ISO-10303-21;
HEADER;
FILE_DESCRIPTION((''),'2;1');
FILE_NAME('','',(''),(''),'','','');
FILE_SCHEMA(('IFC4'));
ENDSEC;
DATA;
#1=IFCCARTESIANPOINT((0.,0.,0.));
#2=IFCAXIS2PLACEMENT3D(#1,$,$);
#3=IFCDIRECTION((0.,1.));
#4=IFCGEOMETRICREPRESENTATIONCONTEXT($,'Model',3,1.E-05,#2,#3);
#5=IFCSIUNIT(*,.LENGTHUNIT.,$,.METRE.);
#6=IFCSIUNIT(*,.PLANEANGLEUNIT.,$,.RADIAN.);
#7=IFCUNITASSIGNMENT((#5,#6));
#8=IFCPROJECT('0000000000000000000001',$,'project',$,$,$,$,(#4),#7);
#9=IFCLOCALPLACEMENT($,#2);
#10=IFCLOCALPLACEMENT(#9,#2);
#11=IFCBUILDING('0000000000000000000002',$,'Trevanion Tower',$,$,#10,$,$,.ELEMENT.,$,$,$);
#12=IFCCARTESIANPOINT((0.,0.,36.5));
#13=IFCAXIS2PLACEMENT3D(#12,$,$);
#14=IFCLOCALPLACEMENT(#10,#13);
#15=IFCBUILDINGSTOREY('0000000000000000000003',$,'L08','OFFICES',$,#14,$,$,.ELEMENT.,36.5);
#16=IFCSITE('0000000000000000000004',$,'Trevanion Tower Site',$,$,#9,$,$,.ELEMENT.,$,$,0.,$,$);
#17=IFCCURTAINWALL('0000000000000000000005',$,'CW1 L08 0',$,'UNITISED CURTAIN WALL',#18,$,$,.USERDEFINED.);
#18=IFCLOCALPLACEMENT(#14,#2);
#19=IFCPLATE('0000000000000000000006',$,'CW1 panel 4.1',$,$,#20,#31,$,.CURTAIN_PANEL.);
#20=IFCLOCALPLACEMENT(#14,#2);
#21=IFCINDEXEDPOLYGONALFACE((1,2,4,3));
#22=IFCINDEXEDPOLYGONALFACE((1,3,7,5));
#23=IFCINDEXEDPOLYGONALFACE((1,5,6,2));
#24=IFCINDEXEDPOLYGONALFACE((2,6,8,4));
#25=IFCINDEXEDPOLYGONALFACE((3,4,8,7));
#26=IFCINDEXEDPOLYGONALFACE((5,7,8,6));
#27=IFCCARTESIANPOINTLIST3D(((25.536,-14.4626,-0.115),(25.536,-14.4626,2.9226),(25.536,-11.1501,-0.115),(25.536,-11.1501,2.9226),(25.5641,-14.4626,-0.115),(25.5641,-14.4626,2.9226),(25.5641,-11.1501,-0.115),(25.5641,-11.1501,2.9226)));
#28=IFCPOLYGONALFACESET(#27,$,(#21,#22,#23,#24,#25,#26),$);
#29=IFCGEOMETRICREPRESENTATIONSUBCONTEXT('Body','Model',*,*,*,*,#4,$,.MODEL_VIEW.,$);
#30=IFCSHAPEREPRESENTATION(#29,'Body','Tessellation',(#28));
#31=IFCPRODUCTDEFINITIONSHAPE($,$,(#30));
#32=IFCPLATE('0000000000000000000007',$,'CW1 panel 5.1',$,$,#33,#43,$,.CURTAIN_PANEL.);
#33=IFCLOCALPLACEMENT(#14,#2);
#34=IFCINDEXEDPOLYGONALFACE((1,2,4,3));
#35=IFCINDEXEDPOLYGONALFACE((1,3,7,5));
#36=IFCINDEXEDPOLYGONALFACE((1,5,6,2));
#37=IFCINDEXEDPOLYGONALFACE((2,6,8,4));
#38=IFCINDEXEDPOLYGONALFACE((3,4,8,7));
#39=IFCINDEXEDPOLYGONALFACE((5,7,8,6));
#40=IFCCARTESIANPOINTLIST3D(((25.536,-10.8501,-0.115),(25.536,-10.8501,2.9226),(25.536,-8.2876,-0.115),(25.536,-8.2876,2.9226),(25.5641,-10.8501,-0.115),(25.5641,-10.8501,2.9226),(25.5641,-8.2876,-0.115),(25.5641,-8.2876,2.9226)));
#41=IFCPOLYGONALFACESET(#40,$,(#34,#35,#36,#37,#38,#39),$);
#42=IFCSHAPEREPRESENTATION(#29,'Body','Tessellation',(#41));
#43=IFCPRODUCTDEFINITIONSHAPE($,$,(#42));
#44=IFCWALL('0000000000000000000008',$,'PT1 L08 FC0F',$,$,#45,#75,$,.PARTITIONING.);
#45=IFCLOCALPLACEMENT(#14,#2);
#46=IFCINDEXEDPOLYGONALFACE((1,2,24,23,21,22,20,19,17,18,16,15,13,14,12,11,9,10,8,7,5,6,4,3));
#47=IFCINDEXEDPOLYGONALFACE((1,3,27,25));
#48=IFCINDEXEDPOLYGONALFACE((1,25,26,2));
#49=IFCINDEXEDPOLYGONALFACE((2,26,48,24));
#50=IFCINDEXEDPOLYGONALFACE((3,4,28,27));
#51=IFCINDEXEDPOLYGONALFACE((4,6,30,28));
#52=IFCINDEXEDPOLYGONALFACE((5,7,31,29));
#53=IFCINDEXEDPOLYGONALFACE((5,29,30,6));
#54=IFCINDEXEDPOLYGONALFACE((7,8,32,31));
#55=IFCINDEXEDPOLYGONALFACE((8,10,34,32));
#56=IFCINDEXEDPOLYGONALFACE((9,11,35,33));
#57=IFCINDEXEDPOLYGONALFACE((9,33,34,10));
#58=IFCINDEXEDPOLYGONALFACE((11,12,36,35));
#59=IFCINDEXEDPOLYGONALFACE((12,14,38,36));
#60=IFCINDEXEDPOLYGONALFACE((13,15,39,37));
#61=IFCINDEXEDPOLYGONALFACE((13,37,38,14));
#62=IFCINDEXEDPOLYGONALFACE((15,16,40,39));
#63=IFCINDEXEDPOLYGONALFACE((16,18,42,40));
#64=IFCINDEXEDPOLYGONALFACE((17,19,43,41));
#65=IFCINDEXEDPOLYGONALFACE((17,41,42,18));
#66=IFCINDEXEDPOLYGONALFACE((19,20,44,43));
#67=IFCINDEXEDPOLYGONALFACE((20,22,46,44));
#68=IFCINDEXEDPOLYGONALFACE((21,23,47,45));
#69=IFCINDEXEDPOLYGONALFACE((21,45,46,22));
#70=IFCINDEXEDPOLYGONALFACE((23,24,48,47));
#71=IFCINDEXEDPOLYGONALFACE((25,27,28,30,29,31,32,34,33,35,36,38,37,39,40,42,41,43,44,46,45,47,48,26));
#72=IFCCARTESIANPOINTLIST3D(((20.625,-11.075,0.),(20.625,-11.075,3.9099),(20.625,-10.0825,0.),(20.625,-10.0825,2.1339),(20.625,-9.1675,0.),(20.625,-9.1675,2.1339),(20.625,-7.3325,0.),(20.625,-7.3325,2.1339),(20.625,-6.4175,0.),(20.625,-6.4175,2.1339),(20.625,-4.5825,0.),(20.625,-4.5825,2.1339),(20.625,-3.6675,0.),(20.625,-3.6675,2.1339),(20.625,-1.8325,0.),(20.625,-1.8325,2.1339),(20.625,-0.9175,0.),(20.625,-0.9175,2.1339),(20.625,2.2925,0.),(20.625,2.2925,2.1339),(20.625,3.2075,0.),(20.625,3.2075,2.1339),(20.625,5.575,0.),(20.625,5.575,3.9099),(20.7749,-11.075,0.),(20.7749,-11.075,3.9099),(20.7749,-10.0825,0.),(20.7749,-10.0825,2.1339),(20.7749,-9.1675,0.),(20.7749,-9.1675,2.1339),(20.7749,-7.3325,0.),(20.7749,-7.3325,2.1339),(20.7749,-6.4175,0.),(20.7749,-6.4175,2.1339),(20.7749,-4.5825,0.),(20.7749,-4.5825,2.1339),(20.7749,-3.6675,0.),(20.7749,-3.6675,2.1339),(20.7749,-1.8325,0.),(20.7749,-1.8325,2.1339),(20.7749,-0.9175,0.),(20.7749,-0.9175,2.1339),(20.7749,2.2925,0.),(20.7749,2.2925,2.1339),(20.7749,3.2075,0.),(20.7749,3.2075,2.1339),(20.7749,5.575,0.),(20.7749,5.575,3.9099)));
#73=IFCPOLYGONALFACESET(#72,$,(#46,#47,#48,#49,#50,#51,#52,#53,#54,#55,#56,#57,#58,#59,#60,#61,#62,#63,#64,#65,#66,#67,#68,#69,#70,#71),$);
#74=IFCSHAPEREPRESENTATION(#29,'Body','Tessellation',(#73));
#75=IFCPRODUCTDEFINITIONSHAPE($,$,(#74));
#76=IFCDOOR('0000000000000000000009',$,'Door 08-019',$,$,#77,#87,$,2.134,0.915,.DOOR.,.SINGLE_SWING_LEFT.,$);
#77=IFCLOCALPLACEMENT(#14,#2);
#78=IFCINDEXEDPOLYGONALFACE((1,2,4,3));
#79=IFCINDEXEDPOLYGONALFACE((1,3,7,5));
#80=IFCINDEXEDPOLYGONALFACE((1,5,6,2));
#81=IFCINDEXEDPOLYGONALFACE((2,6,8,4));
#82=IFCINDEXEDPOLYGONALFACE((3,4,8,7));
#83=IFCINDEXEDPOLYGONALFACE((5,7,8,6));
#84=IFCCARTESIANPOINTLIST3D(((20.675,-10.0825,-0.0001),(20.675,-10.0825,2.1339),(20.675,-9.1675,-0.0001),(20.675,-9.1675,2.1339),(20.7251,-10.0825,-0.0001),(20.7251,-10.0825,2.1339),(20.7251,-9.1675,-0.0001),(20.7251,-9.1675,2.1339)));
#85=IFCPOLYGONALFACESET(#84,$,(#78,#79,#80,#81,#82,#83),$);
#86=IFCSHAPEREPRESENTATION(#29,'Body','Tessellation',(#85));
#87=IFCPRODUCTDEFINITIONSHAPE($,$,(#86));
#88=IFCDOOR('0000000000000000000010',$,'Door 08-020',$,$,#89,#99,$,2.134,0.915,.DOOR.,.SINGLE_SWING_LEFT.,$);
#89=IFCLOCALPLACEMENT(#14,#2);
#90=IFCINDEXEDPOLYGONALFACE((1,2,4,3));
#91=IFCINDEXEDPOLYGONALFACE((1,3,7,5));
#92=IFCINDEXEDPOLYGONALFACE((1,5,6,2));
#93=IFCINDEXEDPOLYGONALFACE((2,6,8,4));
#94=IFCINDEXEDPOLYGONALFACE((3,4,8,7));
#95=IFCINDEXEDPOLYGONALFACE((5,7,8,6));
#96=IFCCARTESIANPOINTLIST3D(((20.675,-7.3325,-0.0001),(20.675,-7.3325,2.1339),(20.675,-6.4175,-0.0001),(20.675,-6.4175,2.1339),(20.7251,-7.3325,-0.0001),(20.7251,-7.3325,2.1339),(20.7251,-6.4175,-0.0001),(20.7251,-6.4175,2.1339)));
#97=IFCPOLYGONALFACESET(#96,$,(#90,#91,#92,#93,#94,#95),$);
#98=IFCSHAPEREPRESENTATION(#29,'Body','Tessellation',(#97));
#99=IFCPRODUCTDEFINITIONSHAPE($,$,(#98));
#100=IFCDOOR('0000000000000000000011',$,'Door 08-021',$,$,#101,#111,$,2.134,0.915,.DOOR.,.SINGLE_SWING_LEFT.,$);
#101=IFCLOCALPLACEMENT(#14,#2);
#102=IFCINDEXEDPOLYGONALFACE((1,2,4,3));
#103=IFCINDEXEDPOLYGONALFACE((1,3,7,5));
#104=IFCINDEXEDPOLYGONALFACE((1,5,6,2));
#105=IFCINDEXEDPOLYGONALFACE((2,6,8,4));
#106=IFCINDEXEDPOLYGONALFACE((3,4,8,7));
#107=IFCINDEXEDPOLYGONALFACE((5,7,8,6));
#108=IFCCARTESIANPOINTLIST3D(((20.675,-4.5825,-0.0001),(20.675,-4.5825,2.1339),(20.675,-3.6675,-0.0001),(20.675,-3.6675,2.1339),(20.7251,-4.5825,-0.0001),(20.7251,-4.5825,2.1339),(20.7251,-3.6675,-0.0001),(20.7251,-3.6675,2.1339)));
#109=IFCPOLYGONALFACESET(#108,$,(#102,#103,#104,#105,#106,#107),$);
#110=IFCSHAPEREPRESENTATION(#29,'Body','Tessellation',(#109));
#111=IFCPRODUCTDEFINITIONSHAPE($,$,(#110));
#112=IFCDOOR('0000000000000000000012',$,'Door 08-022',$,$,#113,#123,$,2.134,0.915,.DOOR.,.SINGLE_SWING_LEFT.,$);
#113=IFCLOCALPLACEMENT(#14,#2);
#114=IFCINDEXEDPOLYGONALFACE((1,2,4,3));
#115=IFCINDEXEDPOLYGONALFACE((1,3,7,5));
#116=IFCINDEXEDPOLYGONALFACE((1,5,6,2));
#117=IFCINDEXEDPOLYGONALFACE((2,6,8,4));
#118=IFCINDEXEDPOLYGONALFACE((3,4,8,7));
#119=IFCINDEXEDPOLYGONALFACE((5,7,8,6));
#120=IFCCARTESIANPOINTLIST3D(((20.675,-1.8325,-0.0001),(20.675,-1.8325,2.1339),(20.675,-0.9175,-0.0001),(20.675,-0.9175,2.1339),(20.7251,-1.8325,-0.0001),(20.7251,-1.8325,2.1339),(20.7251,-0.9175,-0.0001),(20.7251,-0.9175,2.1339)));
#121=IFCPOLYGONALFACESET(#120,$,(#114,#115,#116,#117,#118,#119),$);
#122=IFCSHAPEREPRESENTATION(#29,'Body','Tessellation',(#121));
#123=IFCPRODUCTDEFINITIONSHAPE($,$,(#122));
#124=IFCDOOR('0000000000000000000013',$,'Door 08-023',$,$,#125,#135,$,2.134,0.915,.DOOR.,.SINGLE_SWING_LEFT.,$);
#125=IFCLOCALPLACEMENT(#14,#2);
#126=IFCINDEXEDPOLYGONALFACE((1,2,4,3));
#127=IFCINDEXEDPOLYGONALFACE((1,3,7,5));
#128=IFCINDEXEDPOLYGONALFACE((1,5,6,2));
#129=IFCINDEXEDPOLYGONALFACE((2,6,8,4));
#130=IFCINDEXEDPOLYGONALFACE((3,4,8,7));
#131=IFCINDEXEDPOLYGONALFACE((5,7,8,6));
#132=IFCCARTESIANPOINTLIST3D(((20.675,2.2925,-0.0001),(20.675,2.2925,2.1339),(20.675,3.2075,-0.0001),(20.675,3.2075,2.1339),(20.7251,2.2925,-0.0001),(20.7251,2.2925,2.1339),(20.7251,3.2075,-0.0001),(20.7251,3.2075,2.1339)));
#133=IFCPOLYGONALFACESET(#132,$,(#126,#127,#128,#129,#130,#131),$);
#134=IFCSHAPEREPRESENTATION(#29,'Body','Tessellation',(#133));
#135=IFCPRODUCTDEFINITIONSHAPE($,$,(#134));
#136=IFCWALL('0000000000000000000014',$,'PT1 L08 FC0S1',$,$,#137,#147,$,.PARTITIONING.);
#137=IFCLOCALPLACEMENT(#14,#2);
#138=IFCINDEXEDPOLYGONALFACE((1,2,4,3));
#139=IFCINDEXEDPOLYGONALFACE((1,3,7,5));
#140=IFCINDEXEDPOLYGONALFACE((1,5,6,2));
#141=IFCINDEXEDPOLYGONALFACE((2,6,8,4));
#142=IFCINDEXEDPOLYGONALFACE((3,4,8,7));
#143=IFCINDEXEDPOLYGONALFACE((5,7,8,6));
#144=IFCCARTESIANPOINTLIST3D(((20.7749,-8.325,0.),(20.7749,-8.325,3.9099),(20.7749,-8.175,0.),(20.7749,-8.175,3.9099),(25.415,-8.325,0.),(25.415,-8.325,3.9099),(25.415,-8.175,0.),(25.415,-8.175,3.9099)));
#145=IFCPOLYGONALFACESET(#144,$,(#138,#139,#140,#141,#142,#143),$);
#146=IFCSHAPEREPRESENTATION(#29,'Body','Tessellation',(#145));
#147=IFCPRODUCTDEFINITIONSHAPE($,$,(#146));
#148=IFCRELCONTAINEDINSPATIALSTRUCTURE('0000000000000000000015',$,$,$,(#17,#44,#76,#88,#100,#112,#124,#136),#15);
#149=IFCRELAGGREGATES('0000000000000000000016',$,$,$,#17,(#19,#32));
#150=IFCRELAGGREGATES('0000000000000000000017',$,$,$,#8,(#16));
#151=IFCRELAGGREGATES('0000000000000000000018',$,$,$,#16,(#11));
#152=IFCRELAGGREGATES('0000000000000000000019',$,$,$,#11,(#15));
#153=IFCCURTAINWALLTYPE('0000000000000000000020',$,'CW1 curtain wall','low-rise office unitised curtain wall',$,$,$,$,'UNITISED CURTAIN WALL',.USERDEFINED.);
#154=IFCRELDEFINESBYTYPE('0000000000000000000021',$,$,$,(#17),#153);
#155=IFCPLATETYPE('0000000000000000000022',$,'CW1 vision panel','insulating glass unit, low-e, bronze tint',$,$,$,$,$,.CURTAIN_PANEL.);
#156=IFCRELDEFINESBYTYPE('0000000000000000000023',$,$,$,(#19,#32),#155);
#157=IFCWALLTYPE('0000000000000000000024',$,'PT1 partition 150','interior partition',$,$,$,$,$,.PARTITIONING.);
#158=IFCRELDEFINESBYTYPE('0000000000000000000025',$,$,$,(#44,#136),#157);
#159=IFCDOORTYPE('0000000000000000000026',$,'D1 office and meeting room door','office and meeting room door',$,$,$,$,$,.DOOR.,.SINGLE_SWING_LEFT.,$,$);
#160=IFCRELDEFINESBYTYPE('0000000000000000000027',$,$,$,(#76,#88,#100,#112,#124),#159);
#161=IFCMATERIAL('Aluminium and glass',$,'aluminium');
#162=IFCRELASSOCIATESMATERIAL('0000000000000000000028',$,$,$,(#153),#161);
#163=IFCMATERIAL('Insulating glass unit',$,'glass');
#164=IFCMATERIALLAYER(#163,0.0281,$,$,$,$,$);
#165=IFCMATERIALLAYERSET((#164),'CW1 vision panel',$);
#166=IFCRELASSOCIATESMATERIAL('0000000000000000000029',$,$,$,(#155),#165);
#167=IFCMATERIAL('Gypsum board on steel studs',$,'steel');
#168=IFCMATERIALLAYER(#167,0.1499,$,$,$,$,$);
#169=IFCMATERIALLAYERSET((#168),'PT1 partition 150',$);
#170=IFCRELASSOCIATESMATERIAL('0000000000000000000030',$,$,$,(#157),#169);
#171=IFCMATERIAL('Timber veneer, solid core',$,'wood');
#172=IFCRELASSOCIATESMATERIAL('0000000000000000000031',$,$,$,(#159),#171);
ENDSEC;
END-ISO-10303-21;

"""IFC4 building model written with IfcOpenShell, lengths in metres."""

from ifc_helpers import new_model, si_unit, direction, frame, frame_2d, origin, origin_2d, place, context, subcontext, project, spatial, rectangle, extrude, material, layer, layer_set, type_object, element, fill, aggregate, save


model = new_model("IFC4")

# Units and contexts
model_context = context("Model", 3, precision=1e-05, world=origin(), true_north=direction((0.0, 1.0)))
body_context = subcontext(model_context, "Body", "Model", "MODEL_VIEW")
ifc_project = project(units=[si_unit("LENGTHUNIT", "METRE"), si_unit("PLANEANGLEUNIT", "RADIAN")], contexts=[model_context])

# Site, building, storey
site_placement = place(None, origin())
site = spatial("IfcSite", under=ifc_project, at=site_placement, Name="Trevanion Tower Site", CompositionType="ELEMENT", RefElevation=0.0)
building_placement = place(site_placement, origin())
building = spatial("IfcBuilding", under=site, at=building_placement, Name="Trevanion Tower", CompositionType="ELEMENT")
storey_placement = place(building_placement, frame((0.0, 0.0, 36.5)))
storey = spatial("IfcBuildingStorey", under=building, at=storey_placement, Name="L08", Description="OFFICES", CompositionType="ELEMENT", Elevation=36.5)

# Curtain wall
ifc_material_1 = material(Name="Aluminium and glass", Category="aluminium")
curtain_wall_type = type_object("IfcCurtainWallType", Name="CW1 curtain wall", Description="low-rise office unitised curtain wall", ElementType="UNITISED CURTAIN WALL", PredefinedType="USERDEFINED", material=ifc_material_1)
curtain_wall_placement = place(storey_placement, origin())
curtain_wall = element("IfcCurtainWall", 1, at=curtain_wall_placement, inside=storey, type_object=curtain_wall_type, Name="CW1 L08 0", ObjectType="UNITISED CURTAIN WALL", PredefinedType="USERDEFINED")

# Plates
ifc_material_2 = material(Name="Insulating glass unit", Category="glass")
ifc_layer_1 = layer(ifc_material_2, 0.0281)
ifc_layer_set_1 = layer_set([ifc_layer_1], Name="CW1 vision panel")
plate_type_1 = type_object("IfcPlateType", Name="CW1 vision panel", Description="insulating glass unit, low-e, bronze tint", PredefinedType="CURTAIN_PANEL", material=ifc_layer_set_1)
plate_1_placement = place(storey_placement, frame((25.55, -12.8064, -0.115), z_axis=(0.0, 0.0, 1.0), x_axis=(0.0, 1.0, 0.0)))
plate_1 = element("IfcPlate", 2, at=plate_1_placement, type_object=plate_type_1, Name="CW1 panel 4.1", PredefinedType="CURTAIN_PANEL", context=body_context, shape_type="SweptSolid", body=[
    extrude(rectangle(XDim=3.3125, YDim=0.0281, at=origin_2d()), origin(), (0.0, 0.0, 1.0), 3.0376),
])
plate_2_placement = place(storey_placement, frame((25.55, -9.5688, -0.115), z_axis=(0.0, 0.0, 1.0), x_axis=(0.0, 1.0, 0.0)))
plate_2 = element("IfcPlate", 3, at=plate_2_placement, type_object=plate_type_1, Name="CW1 panel 5.1", PredefinedType="CURTAIN_PANEL", context=body_context, shape_type="SweptSolid", body=[
    extrude(rectangle(XDim=2.5625, YDim=0.0281, at=origin_2d()), origin(), (0.0, 0.0, 1.0), 3.0376),
])
aggregate(curtain_wall, [plate_1, plate_2])

# Wall, openings, doors
ifc_material_3 = material(Name="Gypsum board on steel studs", Category="steel")
ifc_layer_2 = layer(ifc_material_3, 0.1499)
ifc_layer_set_2 = layer_set([ifc_layer_2], Name="PT1 partition 150")
wall_type = type_object("IfcWallType", Name="PT1 partition 150", Description="interior partition", PredefinedType="PARTITIONING", material=ifc_layer_set_2)
wall_1_placement = place(storey_placement, frame((20.7, -11.075, 0.0), z_axis=(0.0, 0.0, 1.0), x_axis=(0.0, 1.0, 0.0)))
wall_1 = element("IfcWall", 4, at=wall_1_placement, inside=storey, type_object=wall_type, Name="PT1 L08 FC0F", PredefinedType="PARTITIONING", context=body_context, shape_type="SweptSolid", body=[
    extrude(rectangle(XDim=16.6499, YDim=0.1499, at=frame_2d((8.325, 0.0))), origin(), (0.0, 0.0, 1.0), 3.9099),
])
opening_1_placement = place(wall_1_placement, frame((0.9924, 0.0, 0.0)))
opening_1 = element("IfcOpeningElement", 5, at=opening_1_placement, cuts=wall_1, PredefinedType="OPENING", context=body_context, shape_type="SweptSolid", body=[
    extrude(rectangle(XDim=0.915, YDim=2.134, at=frame_2d((0.4575, 1.0669))), frame((0.0, 0.085, 0.0), z_axis=(0.0, -1.0, 0.0), x_axis=(1.0, 0.0, 0.0)), (0.0, 0.0, 1.0), 0.1699),
])
opening_2_placement = place(wall_1_placement, frame((3.7424, 0.0, 0.0)))
opening_2 = element("IfcOpeningElement", 6, at=opening_2_placement, cuts=wall_1, PredefinedType="OPENING", context=body_context, shape_type="SweptSolid", body=[
    extrude(rectangle(XDim=0.915, YDim=2.134, at=frame_2d((0.4575, 1.0669))), frame((0.0, 0.085, 0.0), z_axis=(0.0, -1.0, 0.0), x_axis=(1.0, 0.0, 0.0)), (0.0, 0.0, 1.0), 0.1699),
])
opening_3_placement = place(wall_1_placement, frame((6.4924, 0.0, 0.0)))
opening_3 = element("IfcOpeningElement", 7, at=opening_3_placement, cuts=wall_1, PredefinedType="OPENING", context=body_context, shape_type="SweptSolid", body=[
    extrude(rectangle(XDim=0.915, YDim=2.134, at=frame_2d((0.4575, 1.0669))), frame((0.0, 0.085, 0.0), z_axis=(0.0, -1.0, 0.0), x_axis=(1.0, 0.0, 0.0)), (0.0, 0.0, 1.0), 0.1699),
])
opening_4_placement = place(wall_1_placement, frame((9.2424, 0.0, 0.0)))
opening_4 = element("IfcOpeningElement", 8, at=opening_4_placement, cuts=wall_1, PredefinedType="OPENING", context=body_context, shape_type="SweptSolid", body=[
    extrude(rectangle(XDim=0.915, YDim=2.134, at=frame_2d((0.4575, 1.0669))), frame((0.0, 0.085, 0.0), z_axis=(0.0, -1.0, 0.0), x_axis=(1.0, 0.0, 0.0)), (0.0, 0.0, 1.0), 0.1699),
])
opening_5_placement = place(wall_1_placement, frame((13.3674, 0.0, 0.0)))
opening_5 = element("IfcOpeningElement", 9, at=opening_5_placement, cuts=wall_1, PredefinedType="OPENING", context=body_context, shape_type="SweptSolid", body=[
    extrude(rectangle(XDim=0.915, YDim=2.134, at=frame_2d((0.4575, 1.0669))), frame((0.0, 0.085, 0.0), z_axis=(0.0, -1.0, 0.0), x_axis=(1.0, 0.0, 0.0)), (0.0, 0.0, 1.0), 0.1699),
])
ifc_material_4 = material(Name="Timber veneer, solid core", Category="wood")
door_type = type_object("IfcDoorType", Name="D1 office and meeting room door", Description="office and meeting room door", OperationType="SINGLE_SWING_LEFT", PredefinedType="DOOR", material=ifc_material_4)
door_1_placement = place(opening_1_placement, origin())
door_1 = element("IfcDoor", 10, at=door_1_placement, inside=storey, type_object=door_type, Name="Door 08-019", OperationType="SINGLE_SWING_LEFT", OverallHeight=2.134, OverallWidth=0.915, PredefinedType="DOOR", context=body_context, shape_type="SweptSolid", body=[
    extrude(rectangle(XDim=0.915, YDim=2.134, at=frame_2d((0.4575, 1.0669))), frame((0.0, 0.0249, 0.0), z_axis=(0.0, -1.0, 0.0), x_axis=(1.0, 0.0, 0.0)), (0.0, 0.0, 1.0), 0.05),
])
fill(opening_1, door_1)
door_2_placement = place(opening_2_placement, origin())
door_2 = element("IfcDoor", 11, at=door_2_placement, inside=storey, type_object=door_type, Name="Door 08-020", OperationType="SINGLE_SWING_LEFT", OverallHeight=2.134, OverallWidth=0.915, PredefinedType="DOOR", context=body_context, shape_type="SweptSolid", body=[
    extrude(rectangle(XDim=0.915, YDim=2.134, at=frame_2d((0.4575, 1.0669))), frame((0.0, 0.0249, 0.0), z_axis=(0.0, -1.0, 0.0), x_axis=(1.0, 0.0, 0.0)), (0.0, 0.0, 1.0), 0.05),
])
fill(opening_2, door_2)
door_3_placement = place(opening_3_placement, origin())
door_3 = element("IfcDoor", 12, at=door_3_placement, inside=storey, type_object=door_type, Name="Door 08-021", OperationType="SINGLE_SWING_LEFT", OverallHeight=2.134, OverallWidth=0.915, PredefinedType="DOOR", context=body_context, shape_type="SweptSolid", body=[
    extrude(rectangle(XDim=0.915, YDim=2.134, at=frame_2d((0.4575, 1.0669))), frame((0.0, 0.0249, 0.0), z_axis=(0.0, -1.0, 0.0), x_axis=(1.0, 0.0, 0.0)), (0.0, 0.0, 1.0), 0.05),
])
fill(opening_3, door_3)
door_4_placement = place(opening_4_placement, origin())
door_4 = element("IfcDoor", 13, at=door_4_placement, inside=storey, type_object=door_type, Name="Door 08-022", OperationType="SINGLE_SWING_LEFT", OverallHeight=2.134, OverallWidth=0.915, PredefinedType="DOOR", context=body_context, shape_type="SweptSolid", body=[
    extrude(rectangle(XDim=0.915, YDim=2.134, at=frame_2d((0.4575, 1.0669))), frame((0.0, 0.0249, 0.0), z_axis=(0.0, -1.0, 0.0), x_axis=(1.0, 0.0, 0.0)), (0.0, 0.0, 1.0), 0.05),
])
fill(opening_4, door_4)
door_5_placement = place(opening_5_placement, origin())
door_5 = element("IfcDoor", 14, at=door_5_placement, inside=storey, type_object=door_type, Name="Door 08-023", OperationType="SINGLE_SWING_LEFT", OverallHeight=2.134, OverallWidth=0.915, PredefinedType="DOOR", context=body_context, shape_type="SweptSolid", body=[
    extrude(rectangle(XDim=0.915, YDim=2.134, at=frame_2d((0.4575, 1.0669))), frame((0.0, 0.0249, 0.0), z_axis=(0.0, -1.0, 0.0), x_axis=(1.0, 0.0, 0.0)), (0.0, 0.0, 1.0), 0.05),
])
fill(opening_5, door_5)

# Wall
wall_2_placement = place(storey_placement, frame((20.7749, -8.25, 0.0), z_axis=(0.0, 0.0, 1.0), x_axis=(1.0, 0.0, 0.0)))
element("IfcWall", 15, at=wall_2_placement, inside=storey, type_object=wall_type, Name="PT1 L08 FC0S1", PredefinedType="PARTITIONING", context=body_context, shape_type="SweptSolid", body=[
    extrude(rectangle(XDim=4.6401, YDim=0.1499, at=frame_2d((2.3201, 0.0))), origin(), (0.0, 0.0, 1.0), 3.9099),
])

save(model, "model.ifc")
